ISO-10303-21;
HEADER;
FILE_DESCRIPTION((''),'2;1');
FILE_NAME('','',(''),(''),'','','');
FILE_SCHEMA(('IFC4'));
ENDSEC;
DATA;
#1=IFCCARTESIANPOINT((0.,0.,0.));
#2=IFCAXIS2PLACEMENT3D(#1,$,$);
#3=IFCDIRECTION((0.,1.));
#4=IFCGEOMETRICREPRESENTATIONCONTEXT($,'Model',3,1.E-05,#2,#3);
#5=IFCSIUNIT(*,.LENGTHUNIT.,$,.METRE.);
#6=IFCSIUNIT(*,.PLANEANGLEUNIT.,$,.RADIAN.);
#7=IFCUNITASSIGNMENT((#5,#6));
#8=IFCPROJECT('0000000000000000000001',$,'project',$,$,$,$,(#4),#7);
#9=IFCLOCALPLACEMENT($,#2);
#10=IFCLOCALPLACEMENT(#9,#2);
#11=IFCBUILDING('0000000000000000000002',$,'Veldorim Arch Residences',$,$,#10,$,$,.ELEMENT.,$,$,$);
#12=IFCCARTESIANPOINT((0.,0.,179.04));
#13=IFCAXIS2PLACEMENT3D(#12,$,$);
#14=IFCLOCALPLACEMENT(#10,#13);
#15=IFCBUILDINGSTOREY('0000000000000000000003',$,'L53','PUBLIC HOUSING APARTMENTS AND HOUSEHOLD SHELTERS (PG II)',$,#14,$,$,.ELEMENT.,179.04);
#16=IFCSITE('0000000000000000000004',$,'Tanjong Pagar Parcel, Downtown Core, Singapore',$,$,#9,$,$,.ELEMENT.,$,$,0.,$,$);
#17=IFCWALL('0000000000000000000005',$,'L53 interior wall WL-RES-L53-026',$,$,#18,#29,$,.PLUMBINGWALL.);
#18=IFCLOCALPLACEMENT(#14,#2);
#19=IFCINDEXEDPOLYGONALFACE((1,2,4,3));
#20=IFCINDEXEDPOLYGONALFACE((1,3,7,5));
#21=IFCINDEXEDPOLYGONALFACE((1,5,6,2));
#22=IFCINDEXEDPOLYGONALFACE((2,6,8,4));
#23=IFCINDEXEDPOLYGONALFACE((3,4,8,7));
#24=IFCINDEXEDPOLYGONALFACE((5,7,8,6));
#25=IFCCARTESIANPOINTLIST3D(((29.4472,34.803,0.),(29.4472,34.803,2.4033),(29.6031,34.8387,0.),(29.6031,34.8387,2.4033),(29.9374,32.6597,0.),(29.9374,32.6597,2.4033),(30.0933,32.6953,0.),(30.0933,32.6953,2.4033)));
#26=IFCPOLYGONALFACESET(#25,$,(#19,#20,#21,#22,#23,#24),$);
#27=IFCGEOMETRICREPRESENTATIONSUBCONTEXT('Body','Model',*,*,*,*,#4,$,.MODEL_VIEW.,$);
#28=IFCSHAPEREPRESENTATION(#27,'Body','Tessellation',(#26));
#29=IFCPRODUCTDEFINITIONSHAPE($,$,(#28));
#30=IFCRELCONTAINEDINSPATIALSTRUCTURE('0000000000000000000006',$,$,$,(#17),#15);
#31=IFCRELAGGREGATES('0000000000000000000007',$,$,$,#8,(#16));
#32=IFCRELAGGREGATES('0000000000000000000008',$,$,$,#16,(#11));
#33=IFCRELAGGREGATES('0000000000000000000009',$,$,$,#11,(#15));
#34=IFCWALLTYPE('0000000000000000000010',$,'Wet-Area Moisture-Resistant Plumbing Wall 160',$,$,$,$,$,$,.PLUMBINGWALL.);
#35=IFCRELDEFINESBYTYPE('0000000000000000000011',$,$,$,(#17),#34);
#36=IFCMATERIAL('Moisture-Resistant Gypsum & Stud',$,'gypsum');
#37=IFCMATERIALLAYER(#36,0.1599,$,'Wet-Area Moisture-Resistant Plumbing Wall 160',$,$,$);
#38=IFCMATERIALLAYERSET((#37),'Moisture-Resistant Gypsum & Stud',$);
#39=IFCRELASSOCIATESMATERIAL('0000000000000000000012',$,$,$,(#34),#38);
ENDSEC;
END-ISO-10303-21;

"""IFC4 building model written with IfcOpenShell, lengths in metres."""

from ifc_helpers import new_model, si_unit, direction, frame, frame_2d, origin, place, context, subcontext, project, spatial, rectangle, extrude, material, layer, layer_set, type_object, element, save


model = new_model("IFC4")

# Units and contexts
model_context = context("Model", 3, precision=1e-05, world=origin(), true_north=direction((0.0, 1.0)))
body_context = subcontext(model_context, "Body", "Model", "MODEL_VIEW")
ifc_project = project(units=[si_unit("LENGTHUNIT", "METRE"), si_unit("PLANEANGLEUNIT", "RADIAN")], contexts=[model_context])

# Site, building, storey
site_placement = place(None, origin())
site = spatial("IfcSite", under=ifc_project, at=site_placement, Name="Tanjong Pagar Parcel, Downtown Core, Singapore", CompositionType="ELEMENT", RefElevation=0.0)
building_placement = place(site_placement, origin())
building = spatial("IfcBuilding", under=site, at=building_placement, Name="Veldorim Arch Residences", CompositionType="ELEMENT")
storey_placement = place(building_placement, frame((0.0, 0.0, 179.04)))
storey = spatial("IfcBuildingStorey", under=building, at=storey_placement, Name="L53", Description="PUBLIC HOUSING APARTMENTS AND HOUSEHOLD SHELTERS (PG II)", CompositionType="ELEMENT", Elevation=179.04)

# Wall
ifc_material_1 = material(Name="Moisture-Resistant Gypsum & Stud", Category="gypsum")
ifc_layer_1 = layer(ifc_material_1, 0.1599, Name="Wet-Area Moisture-Resistant Plumbing Wall 160")
ifc_layer_set_1 = layer_set([ifc_layer_1], Name="Moisture-Resistant Gypsum & Stud")
wall_type_1 = type_object("IfcWallType", Name="Wet-Area Moisture-Resistant Plumbing Wall 160", PredefinedType="PLUMBINGWALL", material=ifc_layer_set_1)
wall_1_placement = place(storey_placement, frame((30.0154, 32.6775, 0.0), z_axis=(0.0, 0.0, 1.0), x_axis=(-0.22297, 0.974825, 0.0)))
element("IfcWall", 1, at=wall_1_placement, inside=storey, type_object=wall_type_1, Name="L53 interior wall WL-RES-L53-026", PredefinedType="PLUMBINGWALL", context=body_context, shape_type="SweptSolid", body=[
    extrude(rectangle(XDim=2.1987, YDim=0.1599, at=frame_2d((1.0994, 0.0))), origin(), (0.0, 0.0, 1.0), 2.4033),
])

save(model, "model.ifc")
